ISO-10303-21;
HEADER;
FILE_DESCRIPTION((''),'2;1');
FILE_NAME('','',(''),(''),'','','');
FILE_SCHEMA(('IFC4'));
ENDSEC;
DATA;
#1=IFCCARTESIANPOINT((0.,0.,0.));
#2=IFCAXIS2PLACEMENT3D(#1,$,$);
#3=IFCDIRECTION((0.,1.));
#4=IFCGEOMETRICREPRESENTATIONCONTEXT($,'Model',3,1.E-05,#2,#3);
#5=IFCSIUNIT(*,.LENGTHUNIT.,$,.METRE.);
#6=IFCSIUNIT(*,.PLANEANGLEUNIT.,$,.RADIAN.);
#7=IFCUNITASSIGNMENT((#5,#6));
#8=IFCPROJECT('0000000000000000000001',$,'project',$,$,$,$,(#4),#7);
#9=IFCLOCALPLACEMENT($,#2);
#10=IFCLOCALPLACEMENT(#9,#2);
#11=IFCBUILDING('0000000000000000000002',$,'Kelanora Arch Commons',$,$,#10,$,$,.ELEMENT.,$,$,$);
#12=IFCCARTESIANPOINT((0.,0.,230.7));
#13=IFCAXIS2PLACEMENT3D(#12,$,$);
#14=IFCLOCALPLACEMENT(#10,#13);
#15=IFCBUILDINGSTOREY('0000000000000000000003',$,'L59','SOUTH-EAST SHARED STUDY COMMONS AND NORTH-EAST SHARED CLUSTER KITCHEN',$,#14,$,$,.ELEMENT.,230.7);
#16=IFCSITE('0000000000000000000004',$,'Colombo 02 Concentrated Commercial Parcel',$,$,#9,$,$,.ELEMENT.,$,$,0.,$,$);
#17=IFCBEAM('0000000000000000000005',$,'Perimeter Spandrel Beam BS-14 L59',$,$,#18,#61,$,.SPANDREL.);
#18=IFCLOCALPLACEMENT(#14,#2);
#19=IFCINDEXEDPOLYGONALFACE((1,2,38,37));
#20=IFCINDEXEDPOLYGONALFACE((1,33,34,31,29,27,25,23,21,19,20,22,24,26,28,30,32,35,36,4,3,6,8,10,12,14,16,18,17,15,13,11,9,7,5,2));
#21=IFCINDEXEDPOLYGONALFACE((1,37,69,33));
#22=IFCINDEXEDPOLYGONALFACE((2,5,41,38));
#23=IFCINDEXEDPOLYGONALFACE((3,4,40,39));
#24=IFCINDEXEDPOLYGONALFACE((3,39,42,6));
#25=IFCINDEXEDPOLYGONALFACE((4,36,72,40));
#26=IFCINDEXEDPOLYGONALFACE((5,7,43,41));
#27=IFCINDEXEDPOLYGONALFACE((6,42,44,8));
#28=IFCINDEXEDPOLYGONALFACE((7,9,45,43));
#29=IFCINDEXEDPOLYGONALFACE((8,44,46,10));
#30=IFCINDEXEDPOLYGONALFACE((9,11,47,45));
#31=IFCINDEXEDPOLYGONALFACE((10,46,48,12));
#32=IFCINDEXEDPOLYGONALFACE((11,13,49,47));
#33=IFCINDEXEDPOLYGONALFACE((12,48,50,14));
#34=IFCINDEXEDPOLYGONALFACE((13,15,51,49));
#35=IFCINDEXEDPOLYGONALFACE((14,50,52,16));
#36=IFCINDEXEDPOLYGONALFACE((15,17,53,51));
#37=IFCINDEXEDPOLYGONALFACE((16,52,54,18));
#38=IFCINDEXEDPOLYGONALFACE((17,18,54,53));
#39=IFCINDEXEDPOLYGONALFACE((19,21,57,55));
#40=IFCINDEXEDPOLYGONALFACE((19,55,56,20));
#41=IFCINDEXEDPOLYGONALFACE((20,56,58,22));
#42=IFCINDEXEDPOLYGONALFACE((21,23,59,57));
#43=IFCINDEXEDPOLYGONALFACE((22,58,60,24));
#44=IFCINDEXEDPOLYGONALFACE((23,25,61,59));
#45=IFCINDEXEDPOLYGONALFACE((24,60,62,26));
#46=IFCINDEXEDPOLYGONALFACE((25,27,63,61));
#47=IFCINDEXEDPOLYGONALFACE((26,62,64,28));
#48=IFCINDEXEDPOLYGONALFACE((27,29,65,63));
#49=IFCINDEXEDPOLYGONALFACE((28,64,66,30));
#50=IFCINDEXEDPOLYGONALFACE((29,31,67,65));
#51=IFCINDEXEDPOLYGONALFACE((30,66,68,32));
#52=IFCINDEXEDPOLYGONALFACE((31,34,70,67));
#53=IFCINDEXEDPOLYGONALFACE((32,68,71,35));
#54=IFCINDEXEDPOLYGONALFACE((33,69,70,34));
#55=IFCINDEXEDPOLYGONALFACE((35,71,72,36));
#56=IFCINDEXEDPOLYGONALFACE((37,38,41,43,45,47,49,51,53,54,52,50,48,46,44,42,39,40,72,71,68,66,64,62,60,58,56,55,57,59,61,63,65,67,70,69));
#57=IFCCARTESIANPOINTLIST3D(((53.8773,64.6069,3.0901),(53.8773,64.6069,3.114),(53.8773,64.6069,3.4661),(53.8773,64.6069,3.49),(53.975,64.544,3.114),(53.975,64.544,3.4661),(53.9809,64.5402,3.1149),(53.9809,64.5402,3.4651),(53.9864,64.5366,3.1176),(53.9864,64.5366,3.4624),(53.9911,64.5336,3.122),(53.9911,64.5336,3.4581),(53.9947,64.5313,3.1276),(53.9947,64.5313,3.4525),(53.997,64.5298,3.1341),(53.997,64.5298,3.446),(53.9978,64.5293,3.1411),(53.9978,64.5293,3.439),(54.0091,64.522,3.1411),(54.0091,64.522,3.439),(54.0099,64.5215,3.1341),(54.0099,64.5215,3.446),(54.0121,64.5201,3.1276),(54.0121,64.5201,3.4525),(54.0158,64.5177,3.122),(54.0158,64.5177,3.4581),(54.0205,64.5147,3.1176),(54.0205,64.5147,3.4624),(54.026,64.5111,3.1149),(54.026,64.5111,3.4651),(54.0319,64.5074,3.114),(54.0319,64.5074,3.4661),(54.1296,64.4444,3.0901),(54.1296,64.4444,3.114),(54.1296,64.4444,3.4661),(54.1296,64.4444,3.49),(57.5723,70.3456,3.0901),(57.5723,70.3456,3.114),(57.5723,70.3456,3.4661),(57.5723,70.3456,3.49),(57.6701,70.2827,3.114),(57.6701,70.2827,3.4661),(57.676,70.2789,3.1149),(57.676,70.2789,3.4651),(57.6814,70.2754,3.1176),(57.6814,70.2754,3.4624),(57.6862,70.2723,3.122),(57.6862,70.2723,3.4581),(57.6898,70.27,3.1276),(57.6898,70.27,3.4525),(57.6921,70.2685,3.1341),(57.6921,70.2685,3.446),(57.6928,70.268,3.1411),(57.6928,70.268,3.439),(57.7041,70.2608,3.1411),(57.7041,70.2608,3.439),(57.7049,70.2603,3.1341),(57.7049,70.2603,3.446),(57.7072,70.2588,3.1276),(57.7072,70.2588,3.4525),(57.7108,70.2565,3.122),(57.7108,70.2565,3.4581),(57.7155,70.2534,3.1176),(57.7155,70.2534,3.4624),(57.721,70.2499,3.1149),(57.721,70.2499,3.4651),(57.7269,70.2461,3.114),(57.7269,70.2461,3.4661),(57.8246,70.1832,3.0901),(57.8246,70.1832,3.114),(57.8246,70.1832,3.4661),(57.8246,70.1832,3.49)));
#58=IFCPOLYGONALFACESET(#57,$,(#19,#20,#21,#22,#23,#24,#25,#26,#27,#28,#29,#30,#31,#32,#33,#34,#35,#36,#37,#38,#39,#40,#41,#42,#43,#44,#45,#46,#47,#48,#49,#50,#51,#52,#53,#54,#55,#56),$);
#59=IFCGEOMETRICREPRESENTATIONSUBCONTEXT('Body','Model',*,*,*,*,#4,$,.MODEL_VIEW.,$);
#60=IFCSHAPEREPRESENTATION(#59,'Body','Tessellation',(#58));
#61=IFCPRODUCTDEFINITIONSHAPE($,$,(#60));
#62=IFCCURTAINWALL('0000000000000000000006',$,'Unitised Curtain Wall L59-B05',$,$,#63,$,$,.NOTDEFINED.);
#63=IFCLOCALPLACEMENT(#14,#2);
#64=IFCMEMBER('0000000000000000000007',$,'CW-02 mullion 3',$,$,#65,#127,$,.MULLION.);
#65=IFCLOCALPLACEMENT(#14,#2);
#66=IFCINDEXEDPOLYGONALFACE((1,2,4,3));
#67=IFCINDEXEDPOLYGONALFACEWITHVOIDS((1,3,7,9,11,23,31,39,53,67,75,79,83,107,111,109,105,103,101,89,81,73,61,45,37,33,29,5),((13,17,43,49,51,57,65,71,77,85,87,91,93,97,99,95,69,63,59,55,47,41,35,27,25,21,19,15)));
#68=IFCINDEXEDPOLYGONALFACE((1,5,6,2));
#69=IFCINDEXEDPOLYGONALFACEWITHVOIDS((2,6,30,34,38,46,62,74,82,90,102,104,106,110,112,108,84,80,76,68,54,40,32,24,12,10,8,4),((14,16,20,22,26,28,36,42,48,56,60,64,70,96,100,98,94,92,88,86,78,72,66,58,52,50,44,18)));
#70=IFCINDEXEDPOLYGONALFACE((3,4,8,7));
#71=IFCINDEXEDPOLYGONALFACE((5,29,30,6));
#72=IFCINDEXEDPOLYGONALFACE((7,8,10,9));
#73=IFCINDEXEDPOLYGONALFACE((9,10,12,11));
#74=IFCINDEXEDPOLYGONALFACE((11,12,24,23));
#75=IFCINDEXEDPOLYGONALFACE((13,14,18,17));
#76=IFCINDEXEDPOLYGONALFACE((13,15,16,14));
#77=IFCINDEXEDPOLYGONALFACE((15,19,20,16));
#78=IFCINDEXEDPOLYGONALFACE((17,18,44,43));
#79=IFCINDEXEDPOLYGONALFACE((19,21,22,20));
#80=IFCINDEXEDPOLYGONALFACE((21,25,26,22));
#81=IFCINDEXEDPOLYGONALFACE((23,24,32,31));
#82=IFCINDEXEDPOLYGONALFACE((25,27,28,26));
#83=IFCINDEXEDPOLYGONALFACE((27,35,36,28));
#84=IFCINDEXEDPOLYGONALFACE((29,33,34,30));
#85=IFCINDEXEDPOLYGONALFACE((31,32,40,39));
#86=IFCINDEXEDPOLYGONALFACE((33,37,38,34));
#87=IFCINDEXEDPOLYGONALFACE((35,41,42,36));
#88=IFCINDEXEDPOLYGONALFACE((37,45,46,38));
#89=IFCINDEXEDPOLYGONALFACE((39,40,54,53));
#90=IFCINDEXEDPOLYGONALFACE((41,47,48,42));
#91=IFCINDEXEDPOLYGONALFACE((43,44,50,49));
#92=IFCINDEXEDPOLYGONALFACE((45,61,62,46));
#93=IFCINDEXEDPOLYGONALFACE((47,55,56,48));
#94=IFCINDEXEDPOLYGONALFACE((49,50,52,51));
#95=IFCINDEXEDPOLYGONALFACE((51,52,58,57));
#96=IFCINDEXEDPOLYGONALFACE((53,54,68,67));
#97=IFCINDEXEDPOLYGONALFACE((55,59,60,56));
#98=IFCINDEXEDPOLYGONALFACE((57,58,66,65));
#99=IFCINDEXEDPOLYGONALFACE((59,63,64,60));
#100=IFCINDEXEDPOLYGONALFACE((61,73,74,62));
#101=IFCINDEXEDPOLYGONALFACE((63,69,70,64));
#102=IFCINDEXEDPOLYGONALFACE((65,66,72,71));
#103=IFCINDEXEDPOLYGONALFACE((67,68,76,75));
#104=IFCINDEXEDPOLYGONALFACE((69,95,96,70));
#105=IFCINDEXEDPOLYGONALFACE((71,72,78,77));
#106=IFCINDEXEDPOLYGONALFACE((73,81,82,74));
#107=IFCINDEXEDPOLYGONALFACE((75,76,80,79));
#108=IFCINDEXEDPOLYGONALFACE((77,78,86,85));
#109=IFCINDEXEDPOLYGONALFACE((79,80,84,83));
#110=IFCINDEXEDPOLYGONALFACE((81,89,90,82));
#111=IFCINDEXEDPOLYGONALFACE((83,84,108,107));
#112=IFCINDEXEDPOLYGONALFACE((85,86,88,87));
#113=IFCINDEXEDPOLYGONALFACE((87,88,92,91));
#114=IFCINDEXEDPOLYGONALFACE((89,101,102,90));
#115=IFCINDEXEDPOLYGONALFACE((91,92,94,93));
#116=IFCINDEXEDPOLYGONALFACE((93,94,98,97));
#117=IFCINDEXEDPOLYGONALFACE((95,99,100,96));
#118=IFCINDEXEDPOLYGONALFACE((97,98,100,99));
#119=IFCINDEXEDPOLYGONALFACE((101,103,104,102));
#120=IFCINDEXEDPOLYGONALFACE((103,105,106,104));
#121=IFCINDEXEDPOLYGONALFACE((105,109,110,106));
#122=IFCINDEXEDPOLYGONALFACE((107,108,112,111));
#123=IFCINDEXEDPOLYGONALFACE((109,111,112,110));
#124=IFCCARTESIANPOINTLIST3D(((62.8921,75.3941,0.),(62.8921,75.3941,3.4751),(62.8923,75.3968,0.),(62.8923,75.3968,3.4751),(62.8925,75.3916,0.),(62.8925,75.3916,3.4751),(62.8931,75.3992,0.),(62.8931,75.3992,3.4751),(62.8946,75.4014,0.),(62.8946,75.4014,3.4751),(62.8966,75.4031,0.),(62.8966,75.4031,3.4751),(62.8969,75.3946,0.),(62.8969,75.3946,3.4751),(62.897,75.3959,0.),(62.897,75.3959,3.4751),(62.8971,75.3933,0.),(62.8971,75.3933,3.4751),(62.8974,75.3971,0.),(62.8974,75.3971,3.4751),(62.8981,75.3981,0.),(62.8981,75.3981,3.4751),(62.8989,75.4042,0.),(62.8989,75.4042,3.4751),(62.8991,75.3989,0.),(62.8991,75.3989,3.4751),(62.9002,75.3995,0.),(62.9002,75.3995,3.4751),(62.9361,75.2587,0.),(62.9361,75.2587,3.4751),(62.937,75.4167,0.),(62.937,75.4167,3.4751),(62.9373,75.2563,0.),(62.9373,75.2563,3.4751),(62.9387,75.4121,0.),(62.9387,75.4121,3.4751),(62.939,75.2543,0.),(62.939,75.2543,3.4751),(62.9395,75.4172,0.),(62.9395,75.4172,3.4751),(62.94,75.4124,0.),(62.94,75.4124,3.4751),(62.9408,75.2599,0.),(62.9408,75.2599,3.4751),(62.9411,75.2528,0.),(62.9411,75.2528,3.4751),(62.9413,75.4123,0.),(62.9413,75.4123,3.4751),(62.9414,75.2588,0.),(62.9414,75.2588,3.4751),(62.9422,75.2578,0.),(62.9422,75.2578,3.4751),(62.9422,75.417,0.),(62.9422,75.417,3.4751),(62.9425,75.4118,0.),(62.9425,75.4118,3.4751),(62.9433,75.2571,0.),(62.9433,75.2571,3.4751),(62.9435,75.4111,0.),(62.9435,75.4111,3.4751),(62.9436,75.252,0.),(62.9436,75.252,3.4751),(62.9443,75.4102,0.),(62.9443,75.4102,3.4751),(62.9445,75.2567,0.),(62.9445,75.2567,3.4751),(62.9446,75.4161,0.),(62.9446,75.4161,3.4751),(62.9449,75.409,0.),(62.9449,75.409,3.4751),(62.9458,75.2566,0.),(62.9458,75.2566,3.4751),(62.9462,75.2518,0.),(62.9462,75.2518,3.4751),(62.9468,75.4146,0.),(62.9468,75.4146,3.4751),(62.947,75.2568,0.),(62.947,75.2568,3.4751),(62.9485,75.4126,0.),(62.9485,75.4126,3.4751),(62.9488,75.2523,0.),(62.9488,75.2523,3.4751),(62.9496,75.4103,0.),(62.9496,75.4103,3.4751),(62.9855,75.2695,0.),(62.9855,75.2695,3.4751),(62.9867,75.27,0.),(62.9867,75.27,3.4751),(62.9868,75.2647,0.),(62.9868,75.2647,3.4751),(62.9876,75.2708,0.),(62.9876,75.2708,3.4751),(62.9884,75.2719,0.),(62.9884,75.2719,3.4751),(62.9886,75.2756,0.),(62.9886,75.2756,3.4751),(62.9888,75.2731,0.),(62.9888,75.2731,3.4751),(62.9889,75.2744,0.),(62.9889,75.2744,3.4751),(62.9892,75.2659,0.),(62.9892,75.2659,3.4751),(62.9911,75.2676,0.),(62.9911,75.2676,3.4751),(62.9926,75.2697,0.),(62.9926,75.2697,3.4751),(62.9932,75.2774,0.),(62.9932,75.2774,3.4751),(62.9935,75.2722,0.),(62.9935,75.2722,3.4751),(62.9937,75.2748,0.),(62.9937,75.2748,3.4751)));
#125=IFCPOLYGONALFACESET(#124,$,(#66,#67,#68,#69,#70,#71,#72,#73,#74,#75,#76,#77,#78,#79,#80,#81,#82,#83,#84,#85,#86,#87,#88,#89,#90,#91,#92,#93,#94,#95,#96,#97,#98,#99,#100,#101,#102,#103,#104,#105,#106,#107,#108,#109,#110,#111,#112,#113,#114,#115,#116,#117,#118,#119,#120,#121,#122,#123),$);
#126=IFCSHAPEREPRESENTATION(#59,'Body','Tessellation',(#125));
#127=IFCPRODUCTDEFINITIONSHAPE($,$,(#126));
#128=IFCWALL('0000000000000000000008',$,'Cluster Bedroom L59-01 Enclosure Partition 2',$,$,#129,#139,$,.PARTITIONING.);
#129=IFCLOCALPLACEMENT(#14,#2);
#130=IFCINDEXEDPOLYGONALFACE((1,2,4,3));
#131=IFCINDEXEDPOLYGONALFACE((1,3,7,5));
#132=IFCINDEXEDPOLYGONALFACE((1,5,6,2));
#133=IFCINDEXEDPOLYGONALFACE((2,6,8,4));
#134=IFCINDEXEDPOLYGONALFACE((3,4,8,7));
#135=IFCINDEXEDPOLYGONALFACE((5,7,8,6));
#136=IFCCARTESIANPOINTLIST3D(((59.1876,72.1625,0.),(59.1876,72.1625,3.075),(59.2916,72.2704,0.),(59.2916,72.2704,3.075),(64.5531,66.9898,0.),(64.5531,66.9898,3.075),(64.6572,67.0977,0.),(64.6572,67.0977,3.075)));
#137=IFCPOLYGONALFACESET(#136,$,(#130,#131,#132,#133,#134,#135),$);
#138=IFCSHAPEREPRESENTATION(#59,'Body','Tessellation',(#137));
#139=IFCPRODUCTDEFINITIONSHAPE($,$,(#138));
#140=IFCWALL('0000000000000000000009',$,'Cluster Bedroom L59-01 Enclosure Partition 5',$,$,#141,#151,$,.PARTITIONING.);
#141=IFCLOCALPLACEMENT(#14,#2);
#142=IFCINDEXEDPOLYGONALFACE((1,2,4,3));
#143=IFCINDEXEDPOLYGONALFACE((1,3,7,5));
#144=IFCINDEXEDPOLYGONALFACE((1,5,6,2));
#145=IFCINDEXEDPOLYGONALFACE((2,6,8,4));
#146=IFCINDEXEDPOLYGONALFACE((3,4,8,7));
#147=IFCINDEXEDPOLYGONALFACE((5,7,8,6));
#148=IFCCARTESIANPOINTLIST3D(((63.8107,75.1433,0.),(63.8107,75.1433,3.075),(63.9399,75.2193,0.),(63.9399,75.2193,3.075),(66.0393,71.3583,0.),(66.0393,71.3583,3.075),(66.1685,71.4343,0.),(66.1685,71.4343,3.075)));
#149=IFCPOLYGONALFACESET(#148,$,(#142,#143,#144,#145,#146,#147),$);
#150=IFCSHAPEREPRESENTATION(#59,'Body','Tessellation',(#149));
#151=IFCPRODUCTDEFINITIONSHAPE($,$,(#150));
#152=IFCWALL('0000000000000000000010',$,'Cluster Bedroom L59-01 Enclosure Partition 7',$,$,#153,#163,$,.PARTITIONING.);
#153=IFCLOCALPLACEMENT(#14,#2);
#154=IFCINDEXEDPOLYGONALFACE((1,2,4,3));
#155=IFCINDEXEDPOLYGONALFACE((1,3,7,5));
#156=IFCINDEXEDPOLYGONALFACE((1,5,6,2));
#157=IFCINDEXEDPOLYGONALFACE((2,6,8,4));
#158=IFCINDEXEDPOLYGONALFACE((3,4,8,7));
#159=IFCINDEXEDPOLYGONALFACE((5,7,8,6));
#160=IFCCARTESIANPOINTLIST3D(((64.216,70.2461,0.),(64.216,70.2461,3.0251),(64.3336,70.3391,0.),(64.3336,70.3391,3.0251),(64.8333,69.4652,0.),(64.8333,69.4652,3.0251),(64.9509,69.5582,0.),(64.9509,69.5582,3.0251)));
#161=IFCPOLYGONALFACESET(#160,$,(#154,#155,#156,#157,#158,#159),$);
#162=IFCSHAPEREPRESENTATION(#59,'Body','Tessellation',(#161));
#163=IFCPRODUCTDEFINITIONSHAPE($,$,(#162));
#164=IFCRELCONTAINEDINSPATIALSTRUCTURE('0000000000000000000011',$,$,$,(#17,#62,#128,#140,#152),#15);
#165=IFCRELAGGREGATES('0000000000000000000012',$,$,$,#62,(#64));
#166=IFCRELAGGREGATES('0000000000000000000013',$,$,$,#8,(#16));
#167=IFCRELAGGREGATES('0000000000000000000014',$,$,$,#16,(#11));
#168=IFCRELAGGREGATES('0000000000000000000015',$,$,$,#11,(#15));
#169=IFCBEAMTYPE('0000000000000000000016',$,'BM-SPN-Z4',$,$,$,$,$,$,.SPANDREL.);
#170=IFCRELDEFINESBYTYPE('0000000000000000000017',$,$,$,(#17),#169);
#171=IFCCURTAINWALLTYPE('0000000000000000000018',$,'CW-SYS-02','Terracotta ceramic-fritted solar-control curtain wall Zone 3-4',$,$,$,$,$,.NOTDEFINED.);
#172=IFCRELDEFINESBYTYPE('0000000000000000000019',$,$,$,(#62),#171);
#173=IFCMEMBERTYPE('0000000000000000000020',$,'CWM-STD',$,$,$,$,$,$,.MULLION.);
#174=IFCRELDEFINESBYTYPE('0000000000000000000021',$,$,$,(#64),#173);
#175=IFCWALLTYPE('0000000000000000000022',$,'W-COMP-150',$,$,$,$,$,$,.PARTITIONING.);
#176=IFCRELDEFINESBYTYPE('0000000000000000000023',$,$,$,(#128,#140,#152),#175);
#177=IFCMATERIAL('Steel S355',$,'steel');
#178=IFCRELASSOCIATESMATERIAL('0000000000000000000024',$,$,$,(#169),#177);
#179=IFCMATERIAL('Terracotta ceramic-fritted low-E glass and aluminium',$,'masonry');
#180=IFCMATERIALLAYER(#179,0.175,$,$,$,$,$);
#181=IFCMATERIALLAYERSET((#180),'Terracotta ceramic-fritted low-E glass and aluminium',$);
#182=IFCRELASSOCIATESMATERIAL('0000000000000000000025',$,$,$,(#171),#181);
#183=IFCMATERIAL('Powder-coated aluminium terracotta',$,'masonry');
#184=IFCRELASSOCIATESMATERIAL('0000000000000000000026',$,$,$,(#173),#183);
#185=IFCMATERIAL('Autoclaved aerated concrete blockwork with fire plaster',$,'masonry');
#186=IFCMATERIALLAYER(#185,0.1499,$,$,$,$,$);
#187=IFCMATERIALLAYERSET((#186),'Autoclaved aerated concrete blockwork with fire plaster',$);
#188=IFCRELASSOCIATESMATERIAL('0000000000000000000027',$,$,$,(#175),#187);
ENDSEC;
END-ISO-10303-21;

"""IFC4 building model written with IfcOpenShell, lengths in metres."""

from ifc_helpers import new_model, si_unit, direction, frame, frame_2d, origin, origin_2d, place, context, subcontext, project, spatial, rectangle, hollow_rectangle, i_section, extrude, material, layer, layer_set, material_profile, profile_set, type_object, element, aggregate, save


model = new_model("IFC4")

# Units and contexts
model_context = context("Model", 3, precision=1e-05, world=origin(), true_north=direction((0.0, 1.0)))
body_context = subcontext(model_context, "Body", "Model", "MODEL_VIEW")
ifc_project = project(units=[si_unit("LENGTHUNIT", "METRE"), si_unit("PLANEANGLEUNIT", "RADIAN")], contexts=[model_context])

# Site, building, storey
site_placement = place(None, origin())
site = spatial("IfcSite", under=ifc_project, at=site_placement, Name="Colombo 02 Concentrated Commercial Parcel", CompositionType="ELEMENT", RefElevation=0.0)
building_placement = place(site_placement, origin())
building = spatial("IfcBuilding", under=site, at=building_placement, Name="Kelanora Arch Commons", CompositionType="ELEMENT")
storey_placement = place(building_placement, frame((0.0, 0.0, 230.7)))
storey = spatial("IfcBuildingStorey", under=building, at=storey_placement, Name="L59", Description="SOUTH-EAST SHARED STUDY COMMONS AND NORTH-EAST SHARED CLUSTER KITCHEN", CompositionType="ELEMENT", Elevation=230.7)

# Beam
ifc_material_1 = material(Name="Steel S355", Category="steel")
ifc_material_profile_1 = material_profile(ifc_material_1, i_section(OverallWidth=0.3, OverallDepth=0.3999, WebThickness=0.0134, FlangeThickness=0.0239, FilletRadius=0.0271, at=origin_2d()), Name="HEB400")
ifc_profile_set_1 = profile_set([ifc_material_profile_1], Name="Steel S355")
beam_type_1 = type_object("IfcBeamType", Name="BM-SPN-Z4", PredefinedType="SPANDREL", material=ifc_profile_set_1)
beam_1_placement = place(storey_placement, frame((57.6985, 70.2644, 3.29), z_axis=(-0.541365, -0.840788, 0.0), x_axis=(0.840788, -0.541365, 0.0)))
element("IfcBeam", 1, at=beam_1_placement, inside=storey, type_object=beam_type_1, Name="Perimeter Spandrel Beam BS-14 L59", PredefinedType="SPANDREL", context=body_context, shape_type="SweptSolid", body=[
    extrude(i_section(OverallWidth=0.3, OverallDepth=0.3999, WebThickness=0.0134, FlangeThickness=0.0239, FilletRadius=0.0271, at=origin_2d()), origin(), (0.0, 0.0, 1.0), 6.8254),
])

# Curtain wall, member
ifc_material_2 = material(Name="Terracotta ceramic-fritted low-E glass and aluminium", Category="masonry")
ifc_layer_1 = layer(ifc_material_2, 0.175)
ifc_layer_set_1 = layer_set([ifc_layer_1], Name="Terracotta ceramic-fritted low-E glass and aluminium")
curtain_wall_type = type_object("IfcCurtainWallType", Name="CW-SYS-02", Description="Terracotta ceramic-fritted solar-control curtain wall Zone 3-4", PredefinedType="NOTDEFINED", material=ifc_layer_set_1)
curtain_wall_placement = place(storey_placement, origin())
curtain_wall = element("IfcCurtainWall", 2, at=curtain_wall_placement, inside=storey, type_object=curtain_wall_type, Name="Unitised Curtain Wall L59-B05", PredefinedType="NOTDEFINED")
ifc_material_3 = material(Name="Powder-coated aluminium terracotta", Category="masonry")
ifc_material_profile_2 = material_profile(ifc_material_3, hollow_rectangle(XDim=0.1599, YDim=0.0601, WallThickness=0.0049, InnerFilletRadius=0.0049, OuterFilletRadius=0.01, at=origin_2d()), Name="CWM160x60")
ifc_profile_set_2 = profile_set([ifc_material_profile_2], Name="Powder-coated aluminium terracotta")
member_type = type_object("IfcMemberType", Name="CWM-STD", PredefinedType="MULLION", material=ifc_profile_set_2)
member_placement = place(storey_placement, frame((62.9429, 75.3345, 0.0), z_axis=(0.0, 0.0, 1.0), x_axis=(0.311582, -0.950219, 0.0)))
member = element("IfcMember", 3, at=member_placement, type_object=member_type, Name="CW-02 mullion 3", PredefinedType="MULLION", context=body_context, shape_type="SweptSolid", body=[
    extrude(hollow_rectangle(XDim=0.1599, YDim=0.0601, WallThickness=0.0049, InnerFilletRadius=0.0049, OuterFilletRadius=0.01, at=origin_2d()), origin(), (0.0, 0.0, 1.0), 3.4751),
])
aggregate(curtain_wall, [member])

# Walls
ifc_material_4 = material(Name="Autoclaved aerated concrete blockwork with fire plaster", Category="masonry")
ifc_layer_2 = layer(ifc_material_4, 0.1499)
ifc_layer_set_2 = layer_set([ifc_layer_2], Name="Autoclaved aerated concrete blockwork with fire plaster")
wall_type_1 = type_object("IfcWallType", Name="W-COMP-150", PredefinedType="PARTITIONING", material=ifc_layer_set_2)
wall_1_placement = place(storey_placement, frame((64.6052, 67.0437, 0.0), z_axis=(0.0, 0.0, 1.0), x_axis=(-0.719928, 0.694049, 0.0)))
element("IfcWall", 4, at=wall_1_placement, inside=storey, type_object=wall_type_1, Name="Cluster Bedroom L59-01 Enclosure Partition 2", PredefinedType="PARTITIONING", context=body_context, shape_type="SweptSolid", body=[
    extrude(rectangle(XDim=7.4529, YDim=0.1499, at=frame_2d((3.7266, 0.0))), origin(), (0.0, 0.0, 1.0), 3.075),
])
wall_2_placement = place(storey_placement, frame((63.8752, 75.1814, 0.0), z_axis=(0.0, 0.0, 1.0), x_axis=(0.507375, -0.861726, 0.0)))
element("IfcWall", 5, at=wall_2_placement, inside=storey, type_object=wall_type_1, Name="Cluster Bedroom L59-01 Enclosure Partition 5", PredefinedType="PARTITIONING", context=body_context, shape_type="SweptSolid", body=[
    extrude(rectangle(XDim=4.3923, YDim=0.1499, at=frame_2d((2.1963, 0.0))), origin(), (0.0, 0.0, 1.0), 3.075),
])
wall_3_placement = place(storey_placement, frame((64.2749, 70.2925, 0.0), z_axis=(0.0, 0.0, 1.0), x_axis=(0.620137, -0.784493, 0.0)))
element("IfcWall", 6, at=wall_3_placement, inside=storey, type_object=wall_type_1, Name="Cluster Bedroom L59-01 Enclosure Partition 7", PredefinedType="PARTITIONING", context=body_context, shape_type="SweptSolid", body=[
    extrude(rectangle(XDim=0.9954, YDim=0.1499, at=frame_2d((0.4976, 0.0))), origin(), (0.0, 0.0, 1.0), 3.0251),
])

save(model, "model.ifc")
